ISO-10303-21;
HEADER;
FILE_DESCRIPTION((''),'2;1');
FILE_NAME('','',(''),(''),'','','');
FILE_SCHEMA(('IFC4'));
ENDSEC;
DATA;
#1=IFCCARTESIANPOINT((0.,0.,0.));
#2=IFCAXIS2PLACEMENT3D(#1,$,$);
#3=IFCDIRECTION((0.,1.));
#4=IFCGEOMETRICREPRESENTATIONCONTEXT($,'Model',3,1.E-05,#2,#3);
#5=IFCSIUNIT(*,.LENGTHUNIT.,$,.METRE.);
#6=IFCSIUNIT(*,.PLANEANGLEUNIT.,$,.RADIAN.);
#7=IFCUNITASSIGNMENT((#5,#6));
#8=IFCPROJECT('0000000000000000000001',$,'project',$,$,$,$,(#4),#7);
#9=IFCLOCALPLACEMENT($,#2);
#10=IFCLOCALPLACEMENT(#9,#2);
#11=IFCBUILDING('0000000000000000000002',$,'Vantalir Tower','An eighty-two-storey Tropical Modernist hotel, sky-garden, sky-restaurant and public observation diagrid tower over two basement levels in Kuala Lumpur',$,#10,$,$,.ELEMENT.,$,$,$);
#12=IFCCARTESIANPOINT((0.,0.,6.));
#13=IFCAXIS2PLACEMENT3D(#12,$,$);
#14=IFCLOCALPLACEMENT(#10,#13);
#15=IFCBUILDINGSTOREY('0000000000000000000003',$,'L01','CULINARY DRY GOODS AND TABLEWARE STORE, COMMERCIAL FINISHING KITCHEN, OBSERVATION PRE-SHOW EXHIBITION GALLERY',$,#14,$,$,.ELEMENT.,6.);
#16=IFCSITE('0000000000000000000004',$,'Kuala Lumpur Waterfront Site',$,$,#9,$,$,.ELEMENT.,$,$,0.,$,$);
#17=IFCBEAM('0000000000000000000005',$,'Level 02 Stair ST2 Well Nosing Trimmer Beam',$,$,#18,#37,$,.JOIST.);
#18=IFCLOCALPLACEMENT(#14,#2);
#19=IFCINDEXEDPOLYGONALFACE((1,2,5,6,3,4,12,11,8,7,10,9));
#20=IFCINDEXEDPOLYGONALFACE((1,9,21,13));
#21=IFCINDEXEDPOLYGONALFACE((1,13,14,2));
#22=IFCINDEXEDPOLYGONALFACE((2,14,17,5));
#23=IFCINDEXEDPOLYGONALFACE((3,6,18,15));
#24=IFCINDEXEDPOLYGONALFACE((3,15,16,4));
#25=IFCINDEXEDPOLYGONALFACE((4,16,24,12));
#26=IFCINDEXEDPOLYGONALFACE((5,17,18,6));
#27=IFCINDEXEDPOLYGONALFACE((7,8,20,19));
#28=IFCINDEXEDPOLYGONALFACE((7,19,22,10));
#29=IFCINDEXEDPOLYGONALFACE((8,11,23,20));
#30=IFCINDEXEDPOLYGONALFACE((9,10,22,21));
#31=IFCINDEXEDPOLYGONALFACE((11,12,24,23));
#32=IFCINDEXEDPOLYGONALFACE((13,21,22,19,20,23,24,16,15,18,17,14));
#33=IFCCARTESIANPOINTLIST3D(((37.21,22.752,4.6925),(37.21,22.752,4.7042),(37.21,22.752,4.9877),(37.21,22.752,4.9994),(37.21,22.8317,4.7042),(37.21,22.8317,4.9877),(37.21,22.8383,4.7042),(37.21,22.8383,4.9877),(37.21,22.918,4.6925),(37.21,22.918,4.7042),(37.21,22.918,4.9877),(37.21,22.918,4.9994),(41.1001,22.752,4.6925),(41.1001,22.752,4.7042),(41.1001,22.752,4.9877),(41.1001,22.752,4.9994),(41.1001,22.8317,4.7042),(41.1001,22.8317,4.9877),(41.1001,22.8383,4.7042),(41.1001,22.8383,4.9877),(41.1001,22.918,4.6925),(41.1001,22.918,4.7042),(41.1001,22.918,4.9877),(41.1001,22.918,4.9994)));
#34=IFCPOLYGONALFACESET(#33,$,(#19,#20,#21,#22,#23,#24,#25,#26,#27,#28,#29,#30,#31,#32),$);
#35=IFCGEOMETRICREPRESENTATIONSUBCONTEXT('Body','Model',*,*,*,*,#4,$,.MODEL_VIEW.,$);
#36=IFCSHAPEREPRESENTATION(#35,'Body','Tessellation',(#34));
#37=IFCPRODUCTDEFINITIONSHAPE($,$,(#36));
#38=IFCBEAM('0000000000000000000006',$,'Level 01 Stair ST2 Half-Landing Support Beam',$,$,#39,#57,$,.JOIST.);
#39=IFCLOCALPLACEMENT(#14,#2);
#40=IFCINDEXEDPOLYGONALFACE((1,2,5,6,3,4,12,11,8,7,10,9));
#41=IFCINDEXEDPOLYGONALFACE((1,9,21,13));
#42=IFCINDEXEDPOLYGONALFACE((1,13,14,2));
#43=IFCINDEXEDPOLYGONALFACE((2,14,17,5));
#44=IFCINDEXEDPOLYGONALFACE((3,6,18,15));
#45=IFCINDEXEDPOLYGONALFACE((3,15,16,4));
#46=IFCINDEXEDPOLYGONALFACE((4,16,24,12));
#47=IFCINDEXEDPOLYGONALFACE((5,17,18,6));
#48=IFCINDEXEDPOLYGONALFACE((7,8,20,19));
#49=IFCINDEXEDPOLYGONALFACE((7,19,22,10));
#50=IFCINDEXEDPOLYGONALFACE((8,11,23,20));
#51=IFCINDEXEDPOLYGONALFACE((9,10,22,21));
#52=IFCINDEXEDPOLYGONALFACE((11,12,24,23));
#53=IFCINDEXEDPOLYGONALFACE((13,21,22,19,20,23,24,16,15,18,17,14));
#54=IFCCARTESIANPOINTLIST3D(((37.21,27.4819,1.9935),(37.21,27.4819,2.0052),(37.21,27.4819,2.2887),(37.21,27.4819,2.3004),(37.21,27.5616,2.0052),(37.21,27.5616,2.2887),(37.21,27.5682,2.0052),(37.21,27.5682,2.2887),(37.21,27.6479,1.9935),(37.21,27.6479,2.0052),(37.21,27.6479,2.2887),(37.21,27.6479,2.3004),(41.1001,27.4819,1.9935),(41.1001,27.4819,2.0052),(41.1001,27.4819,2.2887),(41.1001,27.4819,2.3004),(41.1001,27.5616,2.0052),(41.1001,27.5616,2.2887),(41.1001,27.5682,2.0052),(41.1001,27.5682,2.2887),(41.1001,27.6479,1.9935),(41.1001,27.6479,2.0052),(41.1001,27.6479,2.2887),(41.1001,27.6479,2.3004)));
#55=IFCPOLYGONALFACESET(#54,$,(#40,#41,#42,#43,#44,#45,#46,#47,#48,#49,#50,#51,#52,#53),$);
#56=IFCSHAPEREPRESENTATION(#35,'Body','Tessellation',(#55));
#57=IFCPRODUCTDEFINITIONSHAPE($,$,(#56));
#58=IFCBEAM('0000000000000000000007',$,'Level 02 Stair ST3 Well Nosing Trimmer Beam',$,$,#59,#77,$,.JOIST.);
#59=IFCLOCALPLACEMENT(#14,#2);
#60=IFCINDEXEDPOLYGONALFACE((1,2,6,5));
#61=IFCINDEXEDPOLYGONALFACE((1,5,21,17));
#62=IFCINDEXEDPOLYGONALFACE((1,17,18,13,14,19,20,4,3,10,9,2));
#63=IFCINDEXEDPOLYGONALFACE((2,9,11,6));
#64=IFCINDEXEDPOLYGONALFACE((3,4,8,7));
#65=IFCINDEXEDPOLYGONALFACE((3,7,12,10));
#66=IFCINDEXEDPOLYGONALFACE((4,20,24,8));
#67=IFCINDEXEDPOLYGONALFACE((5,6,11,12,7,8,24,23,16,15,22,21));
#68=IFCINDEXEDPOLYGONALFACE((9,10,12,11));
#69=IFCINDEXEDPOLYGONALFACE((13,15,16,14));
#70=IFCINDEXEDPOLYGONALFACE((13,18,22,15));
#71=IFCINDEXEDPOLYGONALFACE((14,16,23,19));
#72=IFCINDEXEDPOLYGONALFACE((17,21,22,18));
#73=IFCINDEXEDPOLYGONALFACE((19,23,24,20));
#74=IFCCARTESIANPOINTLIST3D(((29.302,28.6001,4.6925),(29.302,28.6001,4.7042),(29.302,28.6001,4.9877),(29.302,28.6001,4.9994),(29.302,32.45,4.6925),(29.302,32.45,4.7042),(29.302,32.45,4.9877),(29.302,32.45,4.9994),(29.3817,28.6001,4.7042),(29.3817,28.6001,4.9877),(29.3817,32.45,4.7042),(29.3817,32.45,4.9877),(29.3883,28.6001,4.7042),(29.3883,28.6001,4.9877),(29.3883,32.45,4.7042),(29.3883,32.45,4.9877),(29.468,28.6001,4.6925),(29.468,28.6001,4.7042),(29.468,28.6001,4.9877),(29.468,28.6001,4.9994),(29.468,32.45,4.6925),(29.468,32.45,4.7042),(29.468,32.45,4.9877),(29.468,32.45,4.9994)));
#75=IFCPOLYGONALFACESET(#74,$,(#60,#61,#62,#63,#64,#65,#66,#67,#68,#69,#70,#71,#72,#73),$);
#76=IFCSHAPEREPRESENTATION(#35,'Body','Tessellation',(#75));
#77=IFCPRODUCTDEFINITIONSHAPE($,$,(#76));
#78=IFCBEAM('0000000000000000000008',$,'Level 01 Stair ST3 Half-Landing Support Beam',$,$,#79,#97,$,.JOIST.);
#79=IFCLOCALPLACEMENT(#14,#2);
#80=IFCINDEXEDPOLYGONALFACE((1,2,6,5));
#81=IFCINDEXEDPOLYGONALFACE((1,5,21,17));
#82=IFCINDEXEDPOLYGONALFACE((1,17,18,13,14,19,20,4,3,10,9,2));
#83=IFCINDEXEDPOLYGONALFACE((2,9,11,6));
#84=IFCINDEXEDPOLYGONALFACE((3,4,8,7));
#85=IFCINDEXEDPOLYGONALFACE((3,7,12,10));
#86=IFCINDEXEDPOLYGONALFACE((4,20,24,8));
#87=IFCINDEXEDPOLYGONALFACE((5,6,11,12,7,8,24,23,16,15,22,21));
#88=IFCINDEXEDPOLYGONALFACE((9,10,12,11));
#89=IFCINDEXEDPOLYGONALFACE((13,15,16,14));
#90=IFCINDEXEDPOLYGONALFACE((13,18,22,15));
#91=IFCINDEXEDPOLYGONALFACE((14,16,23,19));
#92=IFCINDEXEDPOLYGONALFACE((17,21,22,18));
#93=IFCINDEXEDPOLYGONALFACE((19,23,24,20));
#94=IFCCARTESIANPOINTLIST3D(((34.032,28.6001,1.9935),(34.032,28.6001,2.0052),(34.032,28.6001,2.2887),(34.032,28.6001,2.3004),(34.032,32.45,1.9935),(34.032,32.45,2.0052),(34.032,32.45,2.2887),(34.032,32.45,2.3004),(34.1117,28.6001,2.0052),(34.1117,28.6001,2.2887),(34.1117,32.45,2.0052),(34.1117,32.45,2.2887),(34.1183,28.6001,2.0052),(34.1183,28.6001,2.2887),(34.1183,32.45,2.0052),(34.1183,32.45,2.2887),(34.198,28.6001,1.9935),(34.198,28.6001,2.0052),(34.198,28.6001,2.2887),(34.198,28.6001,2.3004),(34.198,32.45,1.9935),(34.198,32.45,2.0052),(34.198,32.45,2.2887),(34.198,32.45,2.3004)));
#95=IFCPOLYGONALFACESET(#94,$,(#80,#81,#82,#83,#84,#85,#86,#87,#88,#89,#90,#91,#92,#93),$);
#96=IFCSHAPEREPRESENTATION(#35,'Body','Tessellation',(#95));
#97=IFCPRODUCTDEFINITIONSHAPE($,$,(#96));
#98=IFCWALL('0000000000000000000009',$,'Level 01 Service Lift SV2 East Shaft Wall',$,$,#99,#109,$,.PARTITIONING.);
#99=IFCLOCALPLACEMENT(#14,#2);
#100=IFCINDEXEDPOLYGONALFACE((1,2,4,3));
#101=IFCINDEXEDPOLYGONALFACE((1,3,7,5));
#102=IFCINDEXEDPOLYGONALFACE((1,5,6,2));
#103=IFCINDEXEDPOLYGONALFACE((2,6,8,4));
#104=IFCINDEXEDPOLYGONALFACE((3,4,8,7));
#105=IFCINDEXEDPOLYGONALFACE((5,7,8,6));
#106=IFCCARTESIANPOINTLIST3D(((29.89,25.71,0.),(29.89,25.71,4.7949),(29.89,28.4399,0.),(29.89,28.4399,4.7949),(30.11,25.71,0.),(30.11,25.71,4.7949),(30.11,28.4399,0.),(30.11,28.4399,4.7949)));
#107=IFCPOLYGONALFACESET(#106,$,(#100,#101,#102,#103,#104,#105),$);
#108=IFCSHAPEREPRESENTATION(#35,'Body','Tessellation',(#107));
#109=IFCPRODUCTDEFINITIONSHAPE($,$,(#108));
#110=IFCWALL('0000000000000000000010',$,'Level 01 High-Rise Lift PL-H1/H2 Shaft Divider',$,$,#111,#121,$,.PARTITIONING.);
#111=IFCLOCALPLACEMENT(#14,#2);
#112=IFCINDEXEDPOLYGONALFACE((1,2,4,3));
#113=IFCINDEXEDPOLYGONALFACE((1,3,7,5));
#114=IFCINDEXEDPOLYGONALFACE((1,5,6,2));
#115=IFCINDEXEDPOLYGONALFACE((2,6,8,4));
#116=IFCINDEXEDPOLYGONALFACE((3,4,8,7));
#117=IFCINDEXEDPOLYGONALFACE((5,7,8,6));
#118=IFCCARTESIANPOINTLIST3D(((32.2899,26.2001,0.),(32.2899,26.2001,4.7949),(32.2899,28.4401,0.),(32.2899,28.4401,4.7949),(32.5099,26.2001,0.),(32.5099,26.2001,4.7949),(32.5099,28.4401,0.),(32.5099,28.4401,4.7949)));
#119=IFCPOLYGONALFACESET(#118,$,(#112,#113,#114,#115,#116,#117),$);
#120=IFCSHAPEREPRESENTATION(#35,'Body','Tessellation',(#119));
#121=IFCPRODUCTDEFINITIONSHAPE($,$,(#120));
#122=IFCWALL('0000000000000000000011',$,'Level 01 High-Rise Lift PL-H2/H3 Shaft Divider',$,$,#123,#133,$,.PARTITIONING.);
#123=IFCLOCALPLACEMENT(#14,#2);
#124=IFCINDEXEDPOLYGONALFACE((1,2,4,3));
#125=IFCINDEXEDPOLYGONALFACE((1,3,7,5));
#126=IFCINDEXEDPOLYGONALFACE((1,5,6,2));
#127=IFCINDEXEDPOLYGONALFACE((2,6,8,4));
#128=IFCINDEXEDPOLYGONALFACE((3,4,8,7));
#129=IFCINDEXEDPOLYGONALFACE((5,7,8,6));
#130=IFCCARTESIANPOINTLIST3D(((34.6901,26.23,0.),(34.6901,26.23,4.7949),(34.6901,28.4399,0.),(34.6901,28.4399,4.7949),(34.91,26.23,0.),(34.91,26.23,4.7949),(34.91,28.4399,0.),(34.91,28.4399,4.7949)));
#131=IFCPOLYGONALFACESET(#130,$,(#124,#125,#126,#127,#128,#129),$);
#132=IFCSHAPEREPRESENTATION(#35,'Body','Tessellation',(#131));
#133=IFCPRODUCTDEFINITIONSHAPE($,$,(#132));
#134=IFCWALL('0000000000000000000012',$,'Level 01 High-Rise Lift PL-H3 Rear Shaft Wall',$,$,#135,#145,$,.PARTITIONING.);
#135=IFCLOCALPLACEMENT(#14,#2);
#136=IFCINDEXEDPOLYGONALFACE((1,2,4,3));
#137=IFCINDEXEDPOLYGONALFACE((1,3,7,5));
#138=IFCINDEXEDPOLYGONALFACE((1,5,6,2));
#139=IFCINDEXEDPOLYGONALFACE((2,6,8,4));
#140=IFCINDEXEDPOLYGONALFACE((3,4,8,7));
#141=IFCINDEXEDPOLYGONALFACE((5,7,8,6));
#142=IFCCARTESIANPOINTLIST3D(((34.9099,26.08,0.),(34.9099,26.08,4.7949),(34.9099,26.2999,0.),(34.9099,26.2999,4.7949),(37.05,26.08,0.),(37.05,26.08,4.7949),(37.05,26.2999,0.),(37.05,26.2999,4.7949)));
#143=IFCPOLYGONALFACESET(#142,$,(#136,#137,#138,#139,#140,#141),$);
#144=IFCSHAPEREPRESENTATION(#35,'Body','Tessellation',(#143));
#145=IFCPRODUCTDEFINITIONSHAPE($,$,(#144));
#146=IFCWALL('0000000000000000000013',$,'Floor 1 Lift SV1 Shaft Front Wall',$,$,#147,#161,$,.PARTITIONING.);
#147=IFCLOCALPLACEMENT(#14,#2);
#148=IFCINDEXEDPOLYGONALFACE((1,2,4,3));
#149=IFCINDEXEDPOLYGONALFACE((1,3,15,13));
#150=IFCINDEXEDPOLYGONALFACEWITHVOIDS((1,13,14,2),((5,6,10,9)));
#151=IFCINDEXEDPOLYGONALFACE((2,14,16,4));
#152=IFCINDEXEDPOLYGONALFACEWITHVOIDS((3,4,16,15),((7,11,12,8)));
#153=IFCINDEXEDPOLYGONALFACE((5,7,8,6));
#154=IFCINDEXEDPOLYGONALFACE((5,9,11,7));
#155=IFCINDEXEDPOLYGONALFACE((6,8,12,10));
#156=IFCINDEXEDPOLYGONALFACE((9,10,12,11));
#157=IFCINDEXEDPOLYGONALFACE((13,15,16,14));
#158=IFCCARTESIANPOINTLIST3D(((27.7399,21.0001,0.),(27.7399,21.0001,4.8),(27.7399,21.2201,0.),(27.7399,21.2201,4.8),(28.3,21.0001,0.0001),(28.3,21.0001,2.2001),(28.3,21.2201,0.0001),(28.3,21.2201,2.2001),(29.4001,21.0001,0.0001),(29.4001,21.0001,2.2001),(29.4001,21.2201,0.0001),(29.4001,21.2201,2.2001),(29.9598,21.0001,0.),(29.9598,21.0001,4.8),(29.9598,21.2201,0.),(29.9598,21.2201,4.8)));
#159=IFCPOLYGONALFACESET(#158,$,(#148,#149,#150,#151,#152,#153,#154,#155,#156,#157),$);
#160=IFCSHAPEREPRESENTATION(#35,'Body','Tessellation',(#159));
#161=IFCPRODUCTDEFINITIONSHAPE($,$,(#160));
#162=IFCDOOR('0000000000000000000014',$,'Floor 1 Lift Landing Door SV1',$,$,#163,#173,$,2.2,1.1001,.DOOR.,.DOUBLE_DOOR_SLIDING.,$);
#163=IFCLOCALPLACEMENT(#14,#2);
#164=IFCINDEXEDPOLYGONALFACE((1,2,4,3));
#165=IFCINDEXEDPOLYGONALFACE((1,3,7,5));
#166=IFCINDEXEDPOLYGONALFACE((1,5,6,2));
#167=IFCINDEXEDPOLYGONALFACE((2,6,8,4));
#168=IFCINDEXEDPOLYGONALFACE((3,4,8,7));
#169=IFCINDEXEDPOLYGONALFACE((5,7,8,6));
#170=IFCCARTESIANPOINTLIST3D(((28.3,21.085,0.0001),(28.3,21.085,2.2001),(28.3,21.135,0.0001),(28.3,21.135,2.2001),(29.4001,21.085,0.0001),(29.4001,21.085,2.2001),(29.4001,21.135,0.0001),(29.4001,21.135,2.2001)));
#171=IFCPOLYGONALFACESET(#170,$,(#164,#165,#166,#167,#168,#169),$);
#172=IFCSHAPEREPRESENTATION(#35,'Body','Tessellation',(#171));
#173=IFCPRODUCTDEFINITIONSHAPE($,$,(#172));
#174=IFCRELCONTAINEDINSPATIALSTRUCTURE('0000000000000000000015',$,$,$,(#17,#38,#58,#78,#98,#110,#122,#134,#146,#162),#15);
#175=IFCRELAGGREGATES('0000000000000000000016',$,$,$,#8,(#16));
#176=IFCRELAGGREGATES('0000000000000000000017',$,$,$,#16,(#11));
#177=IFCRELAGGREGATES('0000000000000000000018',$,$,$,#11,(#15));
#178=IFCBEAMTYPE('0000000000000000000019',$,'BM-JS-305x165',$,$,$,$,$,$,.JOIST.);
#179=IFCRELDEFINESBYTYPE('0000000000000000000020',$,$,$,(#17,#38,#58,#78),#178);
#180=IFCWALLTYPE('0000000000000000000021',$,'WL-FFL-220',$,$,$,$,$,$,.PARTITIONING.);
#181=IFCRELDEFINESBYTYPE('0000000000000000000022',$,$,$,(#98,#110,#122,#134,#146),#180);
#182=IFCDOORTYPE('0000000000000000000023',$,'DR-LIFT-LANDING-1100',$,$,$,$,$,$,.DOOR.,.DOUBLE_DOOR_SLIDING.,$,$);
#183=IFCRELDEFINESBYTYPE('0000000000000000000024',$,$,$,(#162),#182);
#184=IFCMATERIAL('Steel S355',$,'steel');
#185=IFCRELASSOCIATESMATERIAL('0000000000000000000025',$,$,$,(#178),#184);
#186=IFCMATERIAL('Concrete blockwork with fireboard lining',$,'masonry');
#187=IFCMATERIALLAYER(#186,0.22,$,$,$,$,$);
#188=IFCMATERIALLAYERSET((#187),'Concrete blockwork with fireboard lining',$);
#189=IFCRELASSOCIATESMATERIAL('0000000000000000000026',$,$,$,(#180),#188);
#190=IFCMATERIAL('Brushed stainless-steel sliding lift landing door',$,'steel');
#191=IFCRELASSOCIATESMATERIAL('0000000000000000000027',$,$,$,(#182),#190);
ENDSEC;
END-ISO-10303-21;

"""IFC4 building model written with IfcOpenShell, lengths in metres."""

from ifc_helpers import new_model, si_unit, direction, frame, frame_2d, origin, origin_2d, place, context, subcontext, project, spatial, rectangle, i_section, extrude, material, layer, layer_set, material_profile, profile_set, type_object, element, fill, save


model = new_model("IFC4")

# Units and contexts
model_context = context("Model", 3, precision=1e-05, world=origin(), true_north=direction((0.0, 1.0)))
body_context = subcontext(model_context, "Body", "Model", "MODEL_VIEW")
ifc_project = project(units=[si_unit("LENGTHUNIT", "METRE"), si_unit("PLANEANGLEUNIT", "RADIAN")], contexts=[model_context])

# Site, building, storey
site_placement = place(None, origin())
site = spatial("IfcSite", under=ifc_project, at=site_placement, Name="Kuala Lumpur Waterfront Site", CompositionType="ELEMENT", RefElevation=0.0)
building_placement = place(site_placement, origin())
building = spatial("IfcBuilding", under=site, at=building_placement, Name="Vantalir Tower", Description="An eighty-two-storey Tropical Modernist hotel, sky-garden, sky-restaurant and public observation diagrid tower over two basement levels in Kuala Lumpur", CompositionType="ELEMENT")
storey_placement = place(building_placement, frame((0.0, 0.0, 6.0)))
storey = spatial("IfcBuildingStorey", under=building, at=storey_placement, Name="L01", Description="CULINARY DRY GOODS AND TABLEWARE STORE, COMMERCIAL FINISHING KITCHEN, OBSERVATION PRE-SHOW EXHIBITION GALLERY", CompositionType="ELEMENT", Elevation=6.0)

# Beams
ifc_material_1 = material(Name="Steel S355", Category="steel")
ifc_material_profile = material_profile(ifc_material_1, i_section(OverallWidth=0.166, OverallDepth=0.3069, WebThickness=0.0066, FlangeThickness=0.0117, at=origin_2d()), Name="Steel S355")
ifc_profile_set = profile_set([ifc_material_profile], Name="Steel S355")
beam_type = type_object("IfcBeamType", Name="BM-JS-305x165", PredefinedType="JOIST", material=ifc_profile_set)
for number, where, z_axis, x_axis, name in (
    (1, (37.21, 22.835, 4.8459), (1.0, 0.0, 0.0), (0.0, 1.0, 0.0), "Level 02 Stair ST2 Well Nosing Trimmer Beam"),
    (2, (37.21, 27.5649, 2.147), (1.0, 0.0, 0.0), (0.0, 1.0, 0.0), "Level 01 Stair ST2 Half-Landing Support Beam"),
):
    element("IfcBeam", number, at=place(storey_placement, frame(where, z_axis=z_axis, x_axis=x_axis)), inside=storey, type_object=beam_type, Name=name, PredefinedType="JOIST", context=body_context, shape_type="SweptSolid", body=[
        extrude(i_section(OverallWidth=0.166, OverallDepth=0.3069, WebThickness=0.0066, FlangeThickness=0.0117, at=origin_2d()), origin(), (0.0, 0.0, 1.0), 3.8901),
    ])
for number, where, z_axis, x_axis, name in (
    (3, (29.385, 28.6001, 4.8459), (0.0, 1.0, 0.0), (-1.0, 0.0, 0.0), "Level 02 Stair ST3 Well Nosing Trimmer Beam"),
    (4, (34.115, 28.6001, 2.147), (0.0, 1.0, 0.0), (-1.0, 0.0, 0.0), "Level 01 Stair ST3 Half-Landing Support Beam"),
):
    element("IfcBeam", number, at=place(storey_placement, frame(where, z_axis=z_axis, x_axis=x_axis)), inside=storey, type_object=beam_type, Name=name, PredefinedType="JOIST", context=body_context, shape_type="SweptSolid", body=[
        extrude(i_section(OverallWidth=0.166, OverallDepth=0.3069, WebThickness=0.0066, FlangeThickness=0.0117, at=origin_2d()), origin(), (0.0, 0.0, 1.0), 3.8499),
    ])

# Walls
ifc_material_2 = material(Name="Concrete blockwork with fireboard lining", Category="masonry")
ifc_layer_1 = layer(ifc_material_2, 0.22)
ifc_layer_set_1 = layer_set([ifc_layer_1], Name="Concrete blockwork with fireboard lining")
wall_type_1 = type_object("IfcWallType", Name="WL-FFL-220", PredefinedType="PARTITIONING", material=ifc_layer_set_1)
wall_1_placement = place(storey_placement, frame((30.0, 25.71, 0.0), z_axis=(0.0, 0.0, 1.0), x_axis=(0.0, 1.0, 0.0)))
element("IfcWall", 5, at=wall_1_placement, inside=storey, type_object=wall_type_1, Name="Level 01 Service Lift SV2 East Shaft Wall", PredefinedType="PARTITIONING", context=body_context, shape_type="SweptSolid", body=[
    extrude(rectangle(XDim=2.73, YDim=0.22, at=frame_2d((1.365, 0.0))), origin(), (0.0, 0.0, 1.0), 4.7949),
])
wall_2_placement = place(storey_placement, frame((32.3999, 26.2, 0.0), z_axis=(0.0, 0.0, 1.0), x_axis=(0.0, 1.0, 0.0)))
element("IfcWall", 6, at=wall_2_placement, inside=storey, type_object=wall_type_1, Name="Level 01 High-Rise Lift PL-H1/H2 Shaft Divider", PredefinedType="PARTITIONING", context=body_context, shape_type="SweptSolid", body=[
    extrude(rectangle(XDim=2.24, YDim=0.22, at=frame_2d((1.1201, 0.0))), origin(), (0.0, 0.0, 1.0), 4.7949),
])
wall_3_placement = place(storey_placement, frame((34.8, 26.23, 0.0), z_axis=(0.0, 0.0, 1.0), x_axis=(0.0, 1.0, 0.0)))
element("IfcWall", 7, at=wall_3_placement, inside=storey, type_object=wall_type_1, Name="Level 01 High-Rise Lift PL-H2/H3 Shaft Divider", PredefinedType="PARTITIONING", context=body_context, shape_type="SweptSolid", body=[
    extrude(rectangle(XDim=2.21, YDim=0.22, at=frame_2d((1.105, 0.0))), origin(), (0.0, 0.0, 1.0), 4.7949),
])
wall_4_placement = place(storey_placement, frame((34.9099, 26.1899, 0.0), z_axis=(0.0, 0.0, 1.0), x_axis=(1.0, 0.0, 0.0)))
element("IfcWall", 8, at=wall_4_placement, inside=storey, type_object=wall_type_1, Name="Level 01 High-Rise Lift PL-H3 Rear Shaft Wall", PredefinedType="PARTITIONING", context=body_context, shape_type="SweptSolid", body=[
    extrude(rectangle(XDim=2.1401, YDim=0.22, at=frame_2d((1.0701, 0.0))), origin(), (0.0, 0.0, 1.0), 4.7949),
])

# Wall, opening, door
wall_5_placement = place(storey_placement, frame((27.74, 21.1101, 0.0), z_axis=(0.0, 0.0, 1.0), x_axis=(1.0, 0.0, 0.0)))
wall_5 = element("IfcWall", 9, at=wall_5_placement, inside=storey, type_object=wall_type_1, Name="Floor 1 Lift SV1 Shaft Front Wall", PredefinedType="PARTITIONING", context=body_context, shape_type="SweptSolid", body=[
    extrude(rectangle(XDim=2.22, YDim=0.22, at=frame_2d((1.1099, 0.0))), origin(), (0.0, 0.0, 1.0), 4.8),
])
opening_1_placement = place(wall_5_placement, frame((0.5601, 0.0, 0.0)))
opening_1 = element("IfcOpeningElement", 10, at=opening_1_placement, cuts=wall_5, PredefinedType="OPENING", context=body_context, shape_type="SweptSolid", body=[
    extrude(rectangle(XDim=1.1001, YDim=2.2, at=frame_2d((0.55, 1.1001))), frame((0.0, 0.1199, 0.0), z_axis=(0.0, -1.0, 0.0), x_axis=(1.0, 0.0, 0.0)), (0.0, 0.0, 1.0), 0.24),
])
ifc_material_3 = material(Name="Brushed stainless-steel sliding lift landing door", Category="steel")
door_type_1 = type_object("IfcDoorType", Name="DR-LIFT-LANDING-1100", OperationType="DOUBLE_DOOR_SLIDING", PredefinedType="DOOR", material=ifc_material_3)
door_1_placement = place(opening_1_placement, origin())
door_1 = element("IfcDoor", 11, at=door_1_placement, inside=storey, type_object=door_type_1, Name="Floor 1 Lift Landing Door SV1", OperationType="DOUBLE_DOOR_SLIDING", OverallHeight=2.2, OverallWidth=1.1001, PredefinedType="DOOR", context=body_context, shape_type="SweptSolid", body=[
    extrude(rectangle(XDim=1.1001, YDim=2.2, at=frame_2d((0.55, 1.1001))), frame((0.0, 0.0249, 0.0), z_axis=(0.0, -1.0, 0.0), x_axis=(1.0, 0.0, 0.0)), (0.0, 0.0, 1.0), 0.05),
])
fill(opening_1, door_1)

save(model, "model.ifc")
